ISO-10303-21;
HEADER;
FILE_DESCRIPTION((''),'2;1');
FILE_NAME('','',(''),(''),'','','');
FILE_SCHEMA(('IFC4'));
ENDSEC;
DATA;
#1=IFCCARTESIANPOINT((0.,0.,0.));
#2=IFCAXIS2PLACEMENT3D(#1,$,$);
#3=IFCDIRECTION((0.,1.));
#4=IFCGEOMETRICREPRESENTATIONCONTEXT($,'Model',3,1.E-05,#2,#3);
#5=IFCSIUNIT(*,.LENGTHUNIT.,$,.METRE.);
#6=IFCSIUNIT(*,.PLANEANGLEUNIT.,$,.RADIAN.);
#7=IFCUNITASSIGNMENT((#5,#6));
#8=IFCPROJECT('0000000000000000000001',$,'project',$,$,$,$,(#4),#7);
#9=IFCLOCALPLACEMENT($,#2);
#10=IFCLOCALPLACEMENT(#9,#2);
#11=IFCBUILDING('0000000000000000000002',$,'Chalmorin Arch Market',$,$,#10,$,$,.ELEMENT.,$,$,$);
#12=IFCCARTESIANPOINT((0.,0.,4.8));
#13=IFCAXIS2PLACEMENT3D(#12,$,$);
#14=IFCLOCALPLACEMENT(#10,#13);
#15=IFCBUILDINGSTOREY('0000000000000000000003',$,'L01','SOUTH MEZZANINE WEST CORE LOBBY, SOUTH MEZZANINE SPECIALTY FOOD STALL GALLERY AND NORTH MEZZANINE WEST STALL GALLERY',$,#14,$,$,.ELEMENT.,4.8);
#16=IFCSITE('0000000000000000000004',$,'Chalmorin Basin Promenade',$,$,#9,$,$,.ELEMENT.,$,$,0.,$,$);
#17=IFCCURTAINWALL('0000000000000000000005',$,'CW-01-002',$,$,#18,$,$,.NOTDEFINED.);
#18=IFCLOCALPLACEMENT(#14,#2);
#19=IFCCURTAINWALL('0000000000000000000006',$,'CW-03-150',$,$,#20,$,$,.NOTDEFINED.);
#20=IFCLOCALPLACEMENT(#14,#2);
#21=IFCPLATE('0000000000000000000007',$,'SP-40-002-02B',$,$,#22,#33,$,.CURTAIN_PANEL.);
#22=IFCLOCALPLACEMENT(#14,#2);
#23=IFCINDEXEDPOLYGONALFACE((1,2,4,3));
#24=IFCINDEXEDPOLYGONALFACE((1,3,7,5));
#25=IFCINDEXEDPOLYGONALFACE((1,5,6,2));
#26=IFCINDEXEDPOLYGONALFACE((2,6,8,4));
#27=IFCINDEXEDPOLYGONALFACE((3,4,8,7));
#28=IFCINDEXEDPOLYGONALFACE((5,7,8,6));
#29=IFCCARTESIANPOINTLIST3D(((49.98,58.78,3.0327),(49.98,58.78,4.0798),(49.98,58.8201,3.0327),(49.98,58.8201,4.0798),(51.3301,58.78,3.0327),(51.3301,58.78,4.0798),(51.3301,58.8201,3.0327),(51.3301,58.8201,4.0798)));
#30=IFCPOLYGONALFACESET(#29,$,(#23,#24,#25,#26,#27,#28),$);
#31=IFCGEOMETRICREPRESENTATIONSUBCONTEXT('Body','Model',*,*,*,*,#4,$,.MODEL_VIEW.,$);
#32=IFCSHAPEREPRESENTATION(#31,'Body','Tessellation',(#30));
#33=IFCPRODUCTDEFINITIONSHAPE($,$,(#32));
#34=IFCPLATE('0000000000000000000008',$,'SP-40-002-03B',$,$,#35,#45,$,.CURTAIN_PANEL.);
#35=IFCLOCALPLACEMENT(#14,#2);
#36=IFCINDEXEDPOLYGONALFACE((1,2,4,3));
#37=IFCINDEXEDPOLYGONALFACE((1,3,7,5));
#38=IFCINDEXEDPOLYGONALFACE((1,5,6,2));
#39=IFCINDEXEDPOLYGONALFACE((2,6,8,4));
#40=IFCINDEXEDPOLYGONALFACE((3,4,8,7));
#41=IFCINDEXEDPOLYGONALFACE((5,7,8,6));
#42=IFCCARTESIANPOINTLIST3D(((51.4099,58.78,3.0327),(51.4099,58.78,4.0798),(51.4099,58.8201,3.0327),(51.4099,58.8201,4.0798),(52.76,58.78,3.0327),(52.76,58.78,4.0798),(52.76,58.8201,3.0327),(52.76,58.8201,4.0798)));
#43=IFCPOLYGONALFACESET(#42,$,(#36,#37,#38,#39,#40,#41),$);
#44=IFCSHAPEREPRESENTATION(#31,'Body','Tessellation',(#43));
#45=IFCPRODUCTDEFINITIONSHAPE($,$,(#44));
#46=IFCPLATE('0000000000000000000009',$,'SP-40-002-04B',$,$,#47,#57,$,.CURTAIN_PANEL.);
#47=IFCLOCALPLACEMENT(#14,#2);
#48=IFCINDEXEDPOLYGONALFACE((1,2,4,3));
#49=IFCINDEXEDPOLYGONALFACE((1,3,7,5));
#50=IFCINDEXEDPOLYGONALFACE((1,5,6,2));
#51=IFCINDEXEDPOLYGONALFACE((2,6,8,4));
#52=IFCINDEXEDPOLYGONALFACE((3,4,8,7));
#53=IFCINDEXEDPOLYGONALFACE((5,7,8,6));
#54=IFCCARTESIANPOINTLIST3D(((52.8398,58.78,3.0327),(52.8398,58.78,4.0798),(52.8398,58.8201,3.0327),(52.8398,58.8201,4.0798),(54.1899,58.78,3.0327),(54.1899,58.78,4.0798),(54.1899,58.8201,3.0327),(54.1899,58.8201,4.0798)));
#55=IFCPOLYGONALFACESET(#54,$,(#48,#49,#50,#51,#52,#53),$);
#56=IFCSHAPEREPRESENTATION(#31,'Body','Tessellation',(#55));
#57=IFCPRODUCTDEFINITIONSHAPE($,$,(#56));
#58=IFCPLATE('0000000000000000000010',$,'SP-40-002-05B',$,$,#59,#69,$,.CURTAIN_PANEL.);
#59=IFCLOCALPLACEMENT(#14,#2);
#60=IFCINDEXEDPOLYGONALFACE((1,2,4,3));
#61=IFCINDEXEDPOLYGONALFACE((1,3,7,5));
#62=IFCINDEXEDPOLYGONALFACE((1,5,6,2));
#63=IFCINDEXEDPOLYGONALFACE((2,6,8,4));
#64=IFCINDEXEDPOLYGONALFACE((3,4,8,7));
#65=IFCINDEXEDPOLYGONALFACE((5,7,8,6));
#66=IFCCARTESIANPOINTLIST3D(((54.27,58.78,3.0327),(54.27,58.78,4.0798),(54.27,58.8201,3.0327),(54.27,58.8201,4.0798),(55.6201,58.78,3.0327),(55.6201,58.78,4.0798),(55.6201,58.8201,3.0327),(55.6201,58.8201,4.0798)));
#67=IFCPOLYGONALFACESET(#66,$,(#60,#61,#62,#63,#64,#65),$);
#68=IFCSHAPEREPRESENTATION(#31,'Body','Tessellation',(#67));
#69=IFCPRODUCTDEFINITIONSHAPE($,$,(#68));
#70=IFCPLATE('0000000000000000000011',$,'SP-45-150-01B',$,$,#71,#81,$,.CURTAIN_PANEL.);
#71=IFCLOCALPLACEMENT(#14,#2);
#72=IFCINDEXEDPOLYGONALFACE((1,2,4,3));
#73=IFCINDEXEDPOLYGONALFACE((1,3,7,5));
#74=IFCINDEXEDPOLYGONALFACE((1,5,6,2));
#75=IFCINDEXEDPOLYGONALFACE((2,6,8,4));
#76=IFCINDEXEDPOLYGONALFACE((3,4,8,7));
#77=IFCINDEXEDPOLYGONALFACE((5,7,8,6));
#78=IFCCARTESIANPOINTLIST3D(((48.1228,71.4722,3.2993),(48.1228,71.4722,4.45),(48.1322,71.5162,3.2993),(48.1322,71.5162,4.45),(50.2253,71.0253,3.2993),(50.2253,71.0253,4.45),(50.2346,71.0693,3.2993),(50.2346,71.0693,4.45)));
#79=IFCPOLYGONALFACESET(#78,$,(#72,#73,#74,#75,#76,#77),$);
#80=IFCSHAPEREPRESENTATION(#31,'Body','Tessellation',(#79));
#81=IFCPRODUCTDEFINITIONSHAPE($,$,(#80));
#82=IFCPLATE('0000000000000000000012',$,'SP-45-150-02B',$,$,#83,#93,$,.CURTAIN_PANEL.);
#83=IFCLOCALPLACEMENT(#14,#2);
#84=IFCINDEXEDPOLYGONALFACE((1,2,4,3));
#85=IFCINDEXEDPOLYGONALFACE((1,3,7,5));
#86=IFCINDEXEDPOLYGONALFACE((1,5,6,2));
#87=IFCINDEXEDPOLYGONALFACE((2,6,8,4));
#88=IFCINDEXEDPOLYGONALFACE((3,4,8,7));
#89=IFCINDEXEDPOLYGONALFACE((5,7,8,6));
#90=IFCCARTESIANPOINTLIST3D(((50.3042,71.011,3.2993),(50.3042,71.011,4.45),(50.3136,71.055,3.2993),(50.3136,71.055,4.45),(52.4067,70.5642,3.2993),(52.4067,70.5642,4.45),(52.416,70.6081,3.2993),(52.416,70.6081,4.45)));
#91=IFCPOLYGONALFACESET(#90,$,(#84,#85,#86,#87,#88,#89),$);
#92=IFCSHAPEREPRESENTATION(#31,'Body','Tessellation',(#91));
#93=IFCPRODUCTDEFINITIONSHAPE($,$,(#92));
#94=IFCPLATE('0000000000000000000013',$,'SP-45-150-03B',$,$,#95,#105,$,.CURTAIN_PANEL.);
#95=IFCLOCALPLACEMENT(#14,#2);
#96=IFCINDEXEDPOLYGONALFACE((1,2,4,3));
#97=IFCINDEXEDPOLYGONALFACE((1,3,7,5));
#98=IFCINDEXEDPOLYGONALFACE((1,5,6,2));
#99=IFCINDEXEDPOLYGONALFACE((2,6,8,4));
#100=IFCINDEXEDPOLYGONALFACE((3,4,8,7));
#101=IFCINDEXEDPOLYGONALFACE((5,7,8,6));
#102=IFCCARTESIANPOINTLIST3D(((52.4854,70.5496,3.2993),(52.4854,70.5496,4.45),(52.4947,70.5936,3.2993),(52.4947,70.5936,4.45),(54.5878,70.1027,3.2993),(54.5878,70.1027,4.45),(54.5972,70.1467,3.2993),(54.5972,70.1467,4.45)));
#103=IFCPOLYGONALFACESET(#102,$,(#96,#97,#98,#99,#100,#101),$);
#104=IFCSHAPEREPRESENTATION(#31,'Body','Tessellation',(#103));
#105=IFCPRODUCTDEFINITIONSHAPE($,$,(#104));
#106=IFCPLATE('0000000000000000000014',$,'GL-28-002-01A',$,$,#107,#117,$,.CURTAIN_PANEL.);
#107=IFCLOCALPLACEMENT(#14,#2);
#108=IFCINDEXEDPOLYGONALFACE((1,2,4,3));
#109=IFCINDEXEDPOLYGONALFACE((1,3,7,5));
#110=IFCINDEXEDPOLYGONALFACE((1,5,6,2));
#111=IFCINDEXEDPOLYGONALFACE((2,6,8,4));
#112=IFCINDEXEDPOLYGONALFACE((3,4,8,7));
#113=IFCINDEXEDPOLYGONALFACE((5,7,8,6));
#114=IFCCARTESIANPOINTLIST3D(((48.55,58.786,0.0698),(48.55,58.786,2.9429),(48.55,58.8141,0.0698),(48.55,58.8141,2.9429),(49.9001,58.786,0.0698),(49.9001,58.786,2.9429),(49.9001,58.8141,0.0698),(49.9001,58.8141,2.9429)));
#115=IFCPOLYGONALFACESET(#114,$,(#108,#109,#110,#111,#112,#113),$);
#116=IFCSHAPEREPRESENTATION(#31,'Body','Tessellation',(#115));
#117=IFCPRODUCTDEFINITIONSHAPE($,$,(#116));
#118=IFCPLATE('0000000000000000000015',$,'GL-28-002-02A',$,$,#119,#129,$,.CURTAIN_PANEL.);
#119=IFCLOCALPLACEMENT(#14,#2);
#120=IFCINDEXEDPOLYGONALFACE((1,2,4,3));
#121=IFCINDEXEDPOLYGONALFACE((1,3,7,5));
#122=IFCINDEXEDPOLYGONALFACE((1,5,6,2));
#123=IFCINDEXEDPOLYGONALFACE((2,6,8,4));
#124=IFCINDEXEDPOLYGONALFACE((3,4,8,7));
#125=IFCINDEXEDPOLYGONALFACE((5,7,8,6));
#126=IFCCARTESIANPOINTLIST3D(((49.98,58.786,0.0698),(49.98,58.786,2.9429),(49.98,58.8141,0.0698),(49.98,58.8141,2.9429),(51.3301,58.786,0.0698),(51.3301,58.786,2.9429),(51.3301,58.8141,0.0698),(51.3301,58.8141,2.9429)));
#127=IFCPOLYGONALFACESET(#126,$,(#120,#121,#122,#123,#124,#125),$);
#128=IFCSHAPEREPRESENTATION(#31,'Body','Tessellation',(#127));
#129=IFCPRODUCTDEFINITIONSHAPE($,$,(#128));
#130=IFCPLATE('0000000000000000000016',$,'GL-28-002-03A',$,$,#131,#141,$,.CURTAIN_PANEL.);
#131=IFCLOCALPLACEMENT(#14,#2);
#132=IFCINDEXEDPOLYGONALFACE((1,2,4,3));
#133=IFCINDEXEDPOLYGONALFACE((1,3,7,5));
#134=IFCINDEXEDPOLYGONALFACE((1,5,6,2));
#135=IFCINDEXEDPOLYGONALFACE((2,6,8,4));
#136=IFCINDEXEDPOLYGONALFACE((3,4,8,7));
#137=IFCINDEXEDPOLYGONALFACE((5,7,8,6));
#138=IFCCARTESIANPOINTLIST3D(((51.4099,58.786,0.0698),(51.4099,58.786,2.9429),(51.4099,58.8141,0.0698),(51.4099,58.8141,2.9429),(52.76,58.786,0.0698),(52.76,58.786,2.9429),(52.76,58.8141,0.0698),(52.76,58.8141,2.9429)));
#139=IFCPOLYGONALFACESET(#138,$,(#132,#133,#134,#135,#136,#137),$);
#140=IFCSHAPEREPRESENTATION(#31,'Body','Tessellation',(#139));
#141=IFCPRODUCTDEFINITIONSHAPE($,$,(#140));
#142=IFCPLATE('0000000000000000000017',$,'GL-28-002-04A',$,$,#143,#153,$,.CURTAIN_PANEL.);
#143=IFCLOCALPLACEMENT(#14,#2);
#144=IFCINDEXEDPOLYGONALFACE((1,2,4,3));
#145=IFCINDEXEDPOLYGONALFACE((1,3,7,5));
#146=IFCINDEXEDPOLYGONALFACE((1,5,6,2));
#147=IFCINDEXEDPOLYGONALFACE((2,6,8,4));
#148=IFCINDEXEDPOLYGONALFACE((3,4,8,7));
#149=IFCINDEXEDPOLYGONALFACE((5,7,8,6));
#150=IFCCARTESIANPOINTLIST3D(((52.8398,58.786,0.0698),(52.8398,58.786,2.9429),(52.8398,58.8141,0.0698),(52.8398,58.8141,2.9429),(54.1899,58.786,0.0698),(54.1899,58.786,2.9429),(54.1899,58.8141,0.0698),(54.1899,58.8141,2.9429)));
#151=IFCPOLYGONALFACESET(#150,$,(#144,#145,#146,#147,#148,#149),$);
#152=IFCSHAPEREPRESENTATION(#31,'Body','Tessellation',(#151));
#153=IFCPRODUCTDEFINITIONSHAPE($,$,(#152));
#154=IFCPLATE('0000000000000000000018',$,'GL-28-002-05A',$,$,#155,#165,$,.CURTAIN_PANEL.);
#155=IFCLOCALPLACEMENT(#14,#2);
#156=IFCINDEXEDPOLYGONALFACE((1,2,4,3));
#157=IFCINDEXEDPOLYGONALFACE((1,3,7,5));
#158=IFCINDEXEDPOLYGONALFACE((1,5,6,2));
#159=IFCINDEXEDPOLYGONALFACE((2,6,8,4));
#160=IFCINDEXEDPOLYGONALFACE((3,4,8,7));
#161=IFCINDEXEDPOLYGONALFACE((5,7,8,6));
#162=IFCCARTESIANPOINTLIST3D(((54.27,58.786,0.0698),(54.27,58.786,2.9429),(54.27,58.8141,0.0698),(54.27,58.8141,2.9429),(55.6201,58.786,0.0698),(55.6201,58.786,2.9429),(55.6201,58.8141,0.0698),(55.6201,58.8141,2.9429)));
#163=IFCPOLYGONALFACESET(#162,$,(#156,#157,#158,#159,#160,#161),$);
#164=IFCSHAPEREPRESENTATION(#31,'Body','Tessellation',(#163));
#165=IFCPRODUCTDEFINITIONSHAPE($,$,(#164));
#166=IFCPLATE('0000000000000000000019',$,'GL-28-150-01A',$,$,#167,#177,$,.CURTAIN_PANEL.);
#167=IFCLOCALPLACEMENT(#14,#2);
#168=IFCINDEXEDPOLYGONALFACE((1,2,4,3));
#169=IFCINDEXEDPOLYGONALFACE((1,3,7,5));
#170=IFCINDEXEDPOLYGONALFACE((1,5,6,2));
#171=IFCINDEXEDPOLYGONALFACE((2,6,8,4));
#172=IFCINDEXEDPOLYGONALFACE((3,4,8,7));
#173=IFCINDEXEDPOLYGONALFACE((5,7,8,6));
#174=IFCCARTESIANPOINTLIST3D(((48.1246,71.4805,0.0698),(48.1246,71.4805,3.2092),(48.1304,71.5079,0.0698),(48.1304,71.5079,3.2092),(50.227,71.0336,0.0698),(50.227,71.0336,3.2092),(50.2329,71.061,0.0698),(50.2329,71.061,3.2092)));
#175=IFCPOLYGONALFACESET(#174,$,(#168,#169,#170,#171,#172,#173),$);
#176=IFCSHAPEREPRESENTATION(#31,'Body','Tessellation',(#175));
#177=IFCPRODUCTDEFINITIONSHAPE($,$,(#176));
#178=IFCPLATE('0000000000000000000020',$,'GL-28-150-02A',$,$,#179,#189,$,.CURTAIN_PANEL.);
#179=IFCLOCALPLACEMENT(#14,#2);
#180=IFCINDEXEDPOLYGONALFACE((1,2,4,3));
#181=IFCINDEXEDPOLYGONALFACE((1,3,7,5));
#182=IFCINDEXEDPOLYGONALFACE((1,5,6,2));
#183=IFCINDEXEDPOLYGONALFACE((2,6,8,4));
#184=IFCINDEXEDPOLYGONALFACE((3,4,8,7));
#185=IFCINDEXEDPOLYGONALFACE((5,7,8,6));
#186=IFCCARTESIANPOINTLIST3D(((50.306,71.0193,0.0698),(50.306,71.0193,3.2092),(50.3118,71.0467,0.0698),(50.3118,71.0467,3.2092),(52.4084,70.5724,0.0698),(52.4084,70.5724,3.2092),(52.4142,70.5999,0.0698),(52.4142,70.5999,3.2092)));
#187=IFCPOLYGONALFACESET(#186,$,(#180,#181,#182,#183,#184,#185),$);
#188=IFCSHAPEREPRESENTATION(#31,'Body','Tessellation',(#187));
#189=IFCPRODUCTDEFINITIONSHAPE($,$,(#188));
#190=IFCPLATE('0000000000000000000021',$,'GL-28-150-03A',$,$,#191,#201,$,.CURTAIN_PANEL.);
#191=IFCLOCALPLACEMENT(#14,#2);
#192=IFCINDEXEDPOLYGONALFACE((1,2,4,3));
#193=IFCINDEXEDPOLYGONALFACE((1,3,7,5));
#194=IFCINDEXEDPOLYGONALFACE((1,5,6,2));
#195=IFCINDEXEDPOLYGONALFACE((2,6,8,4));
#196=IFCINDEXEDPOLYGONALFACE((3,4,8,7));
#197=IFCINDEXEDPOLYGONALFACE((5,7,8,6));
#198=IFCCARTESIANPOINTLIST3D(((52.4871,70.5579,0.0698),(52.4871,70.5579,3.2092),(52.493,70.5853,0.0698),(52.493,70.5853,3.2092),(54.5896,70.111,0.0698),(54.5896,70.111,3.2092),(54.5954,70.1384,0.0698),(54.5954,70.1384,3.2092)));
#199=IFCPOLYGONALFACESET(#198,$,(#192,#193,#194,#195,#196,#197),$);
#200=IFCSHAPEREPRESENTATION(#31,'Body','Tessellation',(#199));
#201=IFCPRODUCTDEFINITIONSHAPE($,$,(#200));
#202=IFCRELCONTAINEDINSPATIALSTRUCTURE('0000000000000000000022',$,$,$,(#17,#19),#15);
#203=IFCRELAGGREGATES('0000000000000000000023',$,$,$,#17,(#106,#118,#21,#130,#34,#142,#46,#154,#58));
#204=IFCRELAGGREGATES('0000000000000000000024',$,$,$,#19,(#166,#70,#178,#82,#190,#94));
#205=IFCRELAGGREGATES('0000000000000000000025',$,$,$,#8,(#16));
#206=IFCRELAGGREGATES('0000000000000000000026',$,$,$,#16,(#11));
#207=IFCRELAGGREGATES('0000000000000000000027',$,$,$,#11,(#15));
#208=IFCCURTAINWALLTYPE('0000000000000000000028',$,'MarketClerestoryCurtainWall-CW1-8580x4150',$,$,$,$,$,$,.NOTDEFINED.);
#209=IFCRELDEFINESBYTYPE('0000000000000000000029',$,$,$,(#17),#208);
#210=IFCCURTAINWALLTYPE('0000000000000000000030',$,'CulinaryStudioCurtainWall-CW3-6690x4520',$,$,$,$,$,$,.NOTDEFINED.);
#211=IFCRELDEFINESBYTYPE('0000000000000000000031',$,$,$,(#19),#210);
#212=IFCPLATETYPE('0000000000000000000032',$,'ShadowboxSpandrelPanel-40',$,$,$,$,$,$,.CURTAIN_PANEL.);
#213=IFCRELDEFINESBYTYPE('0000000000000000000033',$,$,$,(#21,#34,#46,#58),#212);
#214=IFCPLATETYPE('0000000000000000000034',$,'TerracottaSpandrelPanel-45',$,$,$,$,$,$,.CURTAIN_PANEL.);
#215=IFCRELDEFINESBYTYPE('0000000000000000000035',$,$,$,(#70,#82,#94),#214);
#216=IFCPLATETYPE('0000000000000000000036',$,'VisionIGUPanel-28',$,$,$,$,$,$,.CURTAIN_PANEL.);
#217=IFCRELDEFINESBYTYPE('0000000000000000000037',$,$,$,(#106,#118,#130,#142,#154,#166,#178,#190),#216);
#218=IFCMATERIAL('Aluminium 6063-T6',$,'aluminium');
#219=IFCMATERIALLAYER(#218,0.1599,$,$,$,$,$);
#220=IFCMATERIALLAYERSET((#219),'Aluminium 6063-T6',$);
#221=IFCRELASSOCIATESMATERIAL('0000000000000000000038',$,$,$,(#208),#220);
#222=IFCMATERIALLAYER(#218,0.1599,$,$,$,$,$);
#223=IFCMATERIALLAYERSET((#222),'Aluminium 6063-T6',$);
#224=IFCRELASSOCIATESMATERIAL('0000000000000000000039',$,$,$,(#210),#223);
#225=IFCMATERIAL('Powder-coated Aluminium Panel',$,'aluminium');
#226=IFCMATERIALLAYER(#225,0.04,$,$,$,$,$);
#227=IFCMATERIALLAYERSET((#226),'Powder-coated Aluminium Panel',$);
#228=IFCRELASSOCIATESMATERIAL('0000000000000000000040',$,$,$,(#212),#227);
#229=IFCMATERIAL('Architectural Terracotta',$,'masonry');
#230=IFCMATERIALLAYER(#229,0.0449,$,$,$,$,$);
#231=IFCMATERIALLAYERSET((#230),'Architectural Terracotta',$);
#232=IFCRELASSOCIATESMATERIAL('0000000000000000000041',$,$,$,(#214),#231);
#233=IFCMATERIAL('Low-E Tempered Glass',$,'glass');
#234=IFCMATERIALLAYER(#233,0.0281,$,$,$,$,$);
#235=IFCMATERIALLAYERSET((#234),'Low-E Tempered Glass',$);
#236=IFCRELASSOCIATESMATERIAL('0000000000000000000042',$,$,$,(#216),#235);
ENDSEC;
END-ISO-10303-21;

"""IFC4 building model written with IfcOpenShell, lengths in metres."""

from ifc_helpers import new_model, si_unit, direction, frame, origin, origin_2d, place, context, subcontext, project, spatial, rectangle, extrude, material, layer, layer_set, type_object, element, aggregate, save


model = new_model("IFC4")

# Units and contexts
model_context = context("Model", 3, precision=1e-05, world=origin(), true_north=direction((0.0, 1.0)))
body_context = subcontext(model_context, "Body", "Model", "MODEL_VIEW")
ifc_project = project(units=[si_unit("LENGTHUNIT", "METRE"), si_unit("PLANEANGLEUNIT", "RADIAN")], contexts=[model_context])

# Site, building, storey
site_placement = place(None, origin())
site = spatial("IfcSite", under=ifc_project, at=site_placement, Name="Chalmorin Basin Promenade", CompositionType="ELEMENT", RefElevation=0.0)
building_placement = place(site_placement, origin())
building = spatial("IfcBuilding", under=site, at=building_placement, Name="Chalmorin Arch Market", CompositionType="ELEMENT")
storey_placement = place(building_placement, frame((0.0, 0.0, 4.8)))
storey = spatial("IfcBuildingStorey", under=building, at=storey_placement, Name="L01", Description="SOUTH MEZZANINE WEST CORE LOBBY, SOUTH MEZZANINE SPECIALTY FOOD STALL GALLERY AND NORTH MEZZANINE WEST STALL GALLERY", CompositionType="ELEMENT", Elevation=4.8)

# Curtain walls
ifc_material_1 = material(Name="Aluminium 6063-T6", Category="aluminium")
ifc_layer_1 = layer(ifc_material_1, 0.1599)
ifc_layer_set_1 = layer_set([ifc_layer_1], Name="Aluminium 6063-T6")
curtain_wall_type_1 = type_object("IfcCurtainWallType", Name="MarketClerestoryCurtainWall-CW1-8580x4150", PredefinedType="NOTDEFINED", material=ifc_layer_set_1)
curtain_wall_1_placement = place(storey_placement, origin())
curtain_wall_1 = element("IfcCurtainWall", 1, at=curtain_wall_1_placement, inside=storey, type_object=curtain_wall_type_1, Name="CW-01-002", PredefinedType="NOTDEFINED")
ifc_layer_2 = layer(ifc_material_1, 0.1599)
ifc_layer_set_2 = layer_set([ifc_layer_2], Name="Aluminium 6063-T6")
curtain_wall_type_2 = type_object("IfcCurtainWallType", Name="CulinaryStudioCurtainWall-CW3-6690x4520", PredefinedType="NOTDEFINED", material=ifc_layer_set_2)
curtain_wall_2_placement = place(storey_placement, origin())
curtain_wall_2 = element("IfcCurtainWall", 2, at=curtain_wall_2_placement, inside=storey, type_object=curtain_wall_type_2, Name="CW-03-150", PredefinedType="NOTDEFINED")

# Plates
ifc_material_2 = material(Name="Powder-coated Aluminium Panel", Category="aluminium")
ifc_layer_3 = layer(ifc_material_2, 0.04)
ifc_layer_set_3 = layer_set([ifc_layer_3], Name="Powder-coated Aluminium Panel")
plate_type_1 = type_object("IfcPlateType", Name="ShadowboxSpandrelPanel-40", PredefinedType="CURTAIN_PANEL", material=ifc_layer_set_3)
plate_1_placement = place(storey_placement, frame((50.655, 58.8, 3.0327), z_axis=(0.0, 0.0, 1.0), x_axis=(1.0, 0.0, 0.0)))
plate_1 = element("IfcPlate", 3, at=plate_1_placement, type_object=plate_type_1, Name="SP-40-002-02B", PredefinedType="CURTAIN_PANEL", context=body_context, shape_type="SweptSolid", body=[
    extrude(rectangle(XDim=1.3501, YDim=0.04, at=origin_2d()), origin(), (0.0, 0.0, 1.0), 1.0471),
])
plate_2_placement = place(storey_placement, frame((52.085, 58.8, 3.0327), z_axis=(0.0, 0.0, 1.0), x_axis=(1.0, 0.0, 0.0)))
plate_2 = element("IfcPlate", 4, at=plate_2_placement, type_object=plate_type_1, Name="SP-40-002-03B", PredefinedType="CURTAIN_PANEL", context=body_context, shape_type="SweptSolid", body=[
    extrude(rectangle(XDim=1.3501, YDim=0.04, at=origin_2d()), origin(), (0.0, 0.0, 1.0), 1.0471),
])
plate_3_placement = place(storey_placement, frame((53.5149, 58.8, 3.0327), z_axis=(0.0, 0.0, 1.0), x_axis=(1.0, 0.0, 0.0)))
plate_3 = element("IfcPlate", 5, at=plate_3_placement, type_object=plate_type_1, Name="SP-40-002-04B", PredefinedType="CURTAIN_PANEL", context=body_context, shape_type="SweptSolid", body=[
    extrude(rectangle(XDim=1.3501, YDim=0.04, at=origin_2d()), origin(), (0.0, 0.0, 1.0), 1.0471),
])
plate_4_placement = place(storey_placement, frame((54.9451, 58.8, 3.0327), z_axis=(0.0, 0.0, 1.0), x_axis=(1.0, 0.0, 0.0)))
plate_4 = element("IfcPlate", 6, at=plate_4_placement, type_object=plate_type_1, Name="SP-40-002-05B", PredefinedType="CURTAIN_PANEL", context=body_context, shape_type="SweptSolid", body=[
    extrude(rectangle(XDim=1.3501, YDim=0.04, at=origin_2d()), origin(), (0.0, 0.0, 1.0), 1.0471),
])
ifc_material_3 = material(Name="Architectural Terracotta", Category="masonry")
ifc_layer_4 = layer(ifc_material_3, 0.0449)
ifc_layer_set_4 = layer_set([ifc_layer_4], Name="Architectural Terracotta")
plate_type_2 = type_object("IfcPlateType", Name="TerracottaSpandrelPanel-45", PredefinedType="CURTAIN_PANEL", material=ifc_layer_set_4)
plate_5_placement = place(storey_placement, frame((49.1787, 71.2708, 3.2993), z_axis=(0.0, 0.0, 1.0), x_axis=(0.978148, -0.207912, 0.0)))
plate_5 = element("IfcPlate", 7, at=plate_5_placement, type_object=plate_type_2, Name="SP-45-150-01B", PredefinedType="CURTAIN_PANEL", context=body_context, shape_type="SweptSolid", body=[
    extrude(rectangle(XDim=2.1494, YDim=0.0449, at=origin_2d()), origin(), (0.0, 0.0, 1.0), 1.1506),
])
plate_6_placement = place(storey_placement, frame((51.3601, 70.8096, 3.2993), z_axis=(0.0, 0.0, 1.0), x_axis=(0.978148, -0.207912, 0.0)))
plate_6 = element("IfcPlate", 8, at=plate_6_placement, type_object=plate_type_2, Name="SP-45-150-02B", PredefinedType="CURTAIN_PANEL", context=body_context, shape_type="SweptSolid", body=[
    extrude(rectangle(XDim=2.1494, YDim=0.0449, at=origin_2d()), origin(), (0.0, 0.0, 1.0), 1.1506),
])
plate_7_placement = place(storey_placement, frame((53.5413, 70.3481, 3.2993), z_axis=(0.0, 0.0, 1.0), x_axis=(0.978148, -0.207912, 0.0)))
plate_7 = element("IfcPlate", 9, at=plate_7_placement, type_object=plate_type_2, Name="SP-45-150-03B", PredefinedType="CURTAIN_PANEL", context=body_context, shape_type="SweptSolid", body=[
    extrude(rectangle(XDim=2.1494, YDim=0.0449, at=origin_2d()), origin(), (0.0, 0.0, 1.0), 1.1506),
])
ifc_material_4 = material(Name="Low-E Tempered Glass", Category="glass")
ifc_layer_5 = layer(ifc_material_4, 0.0281)
ifc_layer_set_5 = layer_set([ifc_layer_5], Name="Low-E Tempered Glass")
plate_type_3 = type_object("IfcPlateType", Name="VisionIGUPanel-28", PredefinedType="CURTAIN_PANEL", material=ifc_layer_set_5)
plate_8_placement = place(storey_placement, frame((49.2251, 58.8, 0.0698), z_axis=(0.0, 0.0, 1.0), x_axis=(1.0, 0.0, 0.0)))
plate_8 = element("IfcPlate", 10, at=plate_8_placement, type_object=plate_type_3, Name="GL-28-002-01A", PredefinedType="CURTAIN_PANEL", context=body_context, shape_type="SweptSolid", body=[
    extrude(rectangle(XDim=1.3501, YDim=0.0281, at=origin_2d()), origin(), (0.0, 0.0, 1.0), 2.873),
])
plate_9_placement = place(storey_placement, frame((50.655, 58.8, 0.0698), z_axis=(0.0, 0.0, 1.0), x_axis=(1.0, 0.0, 0.0)))
plate_9 = element("IfcPlate", 11, at=plate_9_placement, type_object=plate_type_3, Name="GL-28-002-02A", PredefinedType="CURTAIN_PANEL", context=body_context, shape_type="SweptSolid", body=[
    extrude(rectangle(XDim=1.3501, YDim=0.0281, at=origin_2d()), origin(), (0.0, 0.0, 1.0), 2.873),
])
plate_10_placement = place(storey_placement, frame((52.085, 58.8, 0.0698), z_axis=(0.0, 0.0, 1.0), x_axis=(1.0, 0.0, 0.0)))
plate_10 = element("IfcPlate", 12, at=plate_10_placement, type_object=plate_type_3, Name="GL-28-002-03A", PredefinedType="CURTAIN_PANEL", context=body_context, shape_type="SweptSolid", body=[
    extrude(rectangle(XDim=1.3501, YDim=0.0281, at=origin_2d()), origin(), (0.0, 0.0, 1.0), 2.873),
])
plate_11_placement = place(storey_placement, frame((53.5149, 58.8, 0.0698), z_axis=(0.0, 0.0, 1.0), x_axis=(1.0, 0.0, 0.0)))
plate_11 = element("IfcPlate", 13, at=plate_11_placement, type_object=plate_type_3, Name="GL-28-002-04A", PredefinedType="CURTAIN_PANEL", context=body_context, shape_type="SweptSolid", body=[
    extrude(rectangle(XDim=1.3501, YDim=0.0281, at=origin_2d()), origin(), (0.0, 0.0, 1.0), 2.873),
])
plate_12_placement = place(storey_placement, frame((54.9451, 58.8, 0.0698), z_axis=(0.0, 0.0, 1.0), x_axis=(1.0, 0.0, 0.0)))
plate_12 = element("IfcPlate", 14, at=plate_12_placement, type_object=plate_type_3, Name="GL-28-002-05A", PredefinedType="CURTAIN_PANEL", context=body_context, shape_type="SweptSolid", body=[
    extrude(rectangle(XDim=1.3501, YDim=0.0281, at=origin_2d()), origin(), (0.0, 0.0, 1.0), 2.873),
])
aggregate(curtain_wall_1, [plate_8, plate_9, plate_1, plate_10, plate_2, plate_11, plate_3, plate_12, plate_4])
plate_13_placement = place(storey_placement, frame((49.1787, 71.2708, 0.0698), z_axis=(0.0, 0.0, 1.0), x_axis=(0.978148, -0.207912, 0.0)))
plate_13 = element("IfcPlate", 15, at=plate_13_placement, type_object=plate_type_3, Name="GL-28-150-01A", PredefinedType="CURTAIN_PANEL", context=body_context, shape_type="SweptSolid", body=[
    extrude(rectangle(XDim=2.1494, YDim=0.0281, at=origin_2d()), origin(), (0.0, 0.0, 1.0), 3.1394),
])
plate_14_placement = place(storey_placement, frame((51.3601, 70.8096, 0.0698), z_axis=(0.0, 0.0, 1.0), x_axis=(0.978148, -0.207912, 0.0)))
plate_14 = element("IfcPlate", 16, at=plate_14_placement, type_object=plate_type_3, Name="GL-28-150-02A", PredefinedType="CURTAIN_PANEL", context=body_context, shape_type="SweptSolid", body=[
    extrude(rectangle(XDim=2.1494, YDim=0.0281, at=origin_2d()), origin(), (0.0, 0.0, 1.0), 3.1394),
])
plate_15_placement = place(storey_placement, frame((53.5413, 70.3481, 0.0698), z_axis=(0.0, 0.0, 1.0), x_axis=(0.978148, -0.207912, 0.0)))
plate_15 = element("IfcPlate", 17, at=plate_15_placement, type_object=plate_type_3, Name="GL-28-150-03A", PredefinedType="CURTAIN_PANEL", context=body_context, shape_type="SweptSolid", body=[
    extrude(rectangle(XDim=2.1494, YDim=0.0281, at=origin_2d()), origin(), (0.0, 0.0, 1.0), 3.1394),
])
aggregate(curtain_wall_2, [plate_13, plate_5, plate_14, plate_6, plate_15, plate_7])

save(model, "model.ifc")
